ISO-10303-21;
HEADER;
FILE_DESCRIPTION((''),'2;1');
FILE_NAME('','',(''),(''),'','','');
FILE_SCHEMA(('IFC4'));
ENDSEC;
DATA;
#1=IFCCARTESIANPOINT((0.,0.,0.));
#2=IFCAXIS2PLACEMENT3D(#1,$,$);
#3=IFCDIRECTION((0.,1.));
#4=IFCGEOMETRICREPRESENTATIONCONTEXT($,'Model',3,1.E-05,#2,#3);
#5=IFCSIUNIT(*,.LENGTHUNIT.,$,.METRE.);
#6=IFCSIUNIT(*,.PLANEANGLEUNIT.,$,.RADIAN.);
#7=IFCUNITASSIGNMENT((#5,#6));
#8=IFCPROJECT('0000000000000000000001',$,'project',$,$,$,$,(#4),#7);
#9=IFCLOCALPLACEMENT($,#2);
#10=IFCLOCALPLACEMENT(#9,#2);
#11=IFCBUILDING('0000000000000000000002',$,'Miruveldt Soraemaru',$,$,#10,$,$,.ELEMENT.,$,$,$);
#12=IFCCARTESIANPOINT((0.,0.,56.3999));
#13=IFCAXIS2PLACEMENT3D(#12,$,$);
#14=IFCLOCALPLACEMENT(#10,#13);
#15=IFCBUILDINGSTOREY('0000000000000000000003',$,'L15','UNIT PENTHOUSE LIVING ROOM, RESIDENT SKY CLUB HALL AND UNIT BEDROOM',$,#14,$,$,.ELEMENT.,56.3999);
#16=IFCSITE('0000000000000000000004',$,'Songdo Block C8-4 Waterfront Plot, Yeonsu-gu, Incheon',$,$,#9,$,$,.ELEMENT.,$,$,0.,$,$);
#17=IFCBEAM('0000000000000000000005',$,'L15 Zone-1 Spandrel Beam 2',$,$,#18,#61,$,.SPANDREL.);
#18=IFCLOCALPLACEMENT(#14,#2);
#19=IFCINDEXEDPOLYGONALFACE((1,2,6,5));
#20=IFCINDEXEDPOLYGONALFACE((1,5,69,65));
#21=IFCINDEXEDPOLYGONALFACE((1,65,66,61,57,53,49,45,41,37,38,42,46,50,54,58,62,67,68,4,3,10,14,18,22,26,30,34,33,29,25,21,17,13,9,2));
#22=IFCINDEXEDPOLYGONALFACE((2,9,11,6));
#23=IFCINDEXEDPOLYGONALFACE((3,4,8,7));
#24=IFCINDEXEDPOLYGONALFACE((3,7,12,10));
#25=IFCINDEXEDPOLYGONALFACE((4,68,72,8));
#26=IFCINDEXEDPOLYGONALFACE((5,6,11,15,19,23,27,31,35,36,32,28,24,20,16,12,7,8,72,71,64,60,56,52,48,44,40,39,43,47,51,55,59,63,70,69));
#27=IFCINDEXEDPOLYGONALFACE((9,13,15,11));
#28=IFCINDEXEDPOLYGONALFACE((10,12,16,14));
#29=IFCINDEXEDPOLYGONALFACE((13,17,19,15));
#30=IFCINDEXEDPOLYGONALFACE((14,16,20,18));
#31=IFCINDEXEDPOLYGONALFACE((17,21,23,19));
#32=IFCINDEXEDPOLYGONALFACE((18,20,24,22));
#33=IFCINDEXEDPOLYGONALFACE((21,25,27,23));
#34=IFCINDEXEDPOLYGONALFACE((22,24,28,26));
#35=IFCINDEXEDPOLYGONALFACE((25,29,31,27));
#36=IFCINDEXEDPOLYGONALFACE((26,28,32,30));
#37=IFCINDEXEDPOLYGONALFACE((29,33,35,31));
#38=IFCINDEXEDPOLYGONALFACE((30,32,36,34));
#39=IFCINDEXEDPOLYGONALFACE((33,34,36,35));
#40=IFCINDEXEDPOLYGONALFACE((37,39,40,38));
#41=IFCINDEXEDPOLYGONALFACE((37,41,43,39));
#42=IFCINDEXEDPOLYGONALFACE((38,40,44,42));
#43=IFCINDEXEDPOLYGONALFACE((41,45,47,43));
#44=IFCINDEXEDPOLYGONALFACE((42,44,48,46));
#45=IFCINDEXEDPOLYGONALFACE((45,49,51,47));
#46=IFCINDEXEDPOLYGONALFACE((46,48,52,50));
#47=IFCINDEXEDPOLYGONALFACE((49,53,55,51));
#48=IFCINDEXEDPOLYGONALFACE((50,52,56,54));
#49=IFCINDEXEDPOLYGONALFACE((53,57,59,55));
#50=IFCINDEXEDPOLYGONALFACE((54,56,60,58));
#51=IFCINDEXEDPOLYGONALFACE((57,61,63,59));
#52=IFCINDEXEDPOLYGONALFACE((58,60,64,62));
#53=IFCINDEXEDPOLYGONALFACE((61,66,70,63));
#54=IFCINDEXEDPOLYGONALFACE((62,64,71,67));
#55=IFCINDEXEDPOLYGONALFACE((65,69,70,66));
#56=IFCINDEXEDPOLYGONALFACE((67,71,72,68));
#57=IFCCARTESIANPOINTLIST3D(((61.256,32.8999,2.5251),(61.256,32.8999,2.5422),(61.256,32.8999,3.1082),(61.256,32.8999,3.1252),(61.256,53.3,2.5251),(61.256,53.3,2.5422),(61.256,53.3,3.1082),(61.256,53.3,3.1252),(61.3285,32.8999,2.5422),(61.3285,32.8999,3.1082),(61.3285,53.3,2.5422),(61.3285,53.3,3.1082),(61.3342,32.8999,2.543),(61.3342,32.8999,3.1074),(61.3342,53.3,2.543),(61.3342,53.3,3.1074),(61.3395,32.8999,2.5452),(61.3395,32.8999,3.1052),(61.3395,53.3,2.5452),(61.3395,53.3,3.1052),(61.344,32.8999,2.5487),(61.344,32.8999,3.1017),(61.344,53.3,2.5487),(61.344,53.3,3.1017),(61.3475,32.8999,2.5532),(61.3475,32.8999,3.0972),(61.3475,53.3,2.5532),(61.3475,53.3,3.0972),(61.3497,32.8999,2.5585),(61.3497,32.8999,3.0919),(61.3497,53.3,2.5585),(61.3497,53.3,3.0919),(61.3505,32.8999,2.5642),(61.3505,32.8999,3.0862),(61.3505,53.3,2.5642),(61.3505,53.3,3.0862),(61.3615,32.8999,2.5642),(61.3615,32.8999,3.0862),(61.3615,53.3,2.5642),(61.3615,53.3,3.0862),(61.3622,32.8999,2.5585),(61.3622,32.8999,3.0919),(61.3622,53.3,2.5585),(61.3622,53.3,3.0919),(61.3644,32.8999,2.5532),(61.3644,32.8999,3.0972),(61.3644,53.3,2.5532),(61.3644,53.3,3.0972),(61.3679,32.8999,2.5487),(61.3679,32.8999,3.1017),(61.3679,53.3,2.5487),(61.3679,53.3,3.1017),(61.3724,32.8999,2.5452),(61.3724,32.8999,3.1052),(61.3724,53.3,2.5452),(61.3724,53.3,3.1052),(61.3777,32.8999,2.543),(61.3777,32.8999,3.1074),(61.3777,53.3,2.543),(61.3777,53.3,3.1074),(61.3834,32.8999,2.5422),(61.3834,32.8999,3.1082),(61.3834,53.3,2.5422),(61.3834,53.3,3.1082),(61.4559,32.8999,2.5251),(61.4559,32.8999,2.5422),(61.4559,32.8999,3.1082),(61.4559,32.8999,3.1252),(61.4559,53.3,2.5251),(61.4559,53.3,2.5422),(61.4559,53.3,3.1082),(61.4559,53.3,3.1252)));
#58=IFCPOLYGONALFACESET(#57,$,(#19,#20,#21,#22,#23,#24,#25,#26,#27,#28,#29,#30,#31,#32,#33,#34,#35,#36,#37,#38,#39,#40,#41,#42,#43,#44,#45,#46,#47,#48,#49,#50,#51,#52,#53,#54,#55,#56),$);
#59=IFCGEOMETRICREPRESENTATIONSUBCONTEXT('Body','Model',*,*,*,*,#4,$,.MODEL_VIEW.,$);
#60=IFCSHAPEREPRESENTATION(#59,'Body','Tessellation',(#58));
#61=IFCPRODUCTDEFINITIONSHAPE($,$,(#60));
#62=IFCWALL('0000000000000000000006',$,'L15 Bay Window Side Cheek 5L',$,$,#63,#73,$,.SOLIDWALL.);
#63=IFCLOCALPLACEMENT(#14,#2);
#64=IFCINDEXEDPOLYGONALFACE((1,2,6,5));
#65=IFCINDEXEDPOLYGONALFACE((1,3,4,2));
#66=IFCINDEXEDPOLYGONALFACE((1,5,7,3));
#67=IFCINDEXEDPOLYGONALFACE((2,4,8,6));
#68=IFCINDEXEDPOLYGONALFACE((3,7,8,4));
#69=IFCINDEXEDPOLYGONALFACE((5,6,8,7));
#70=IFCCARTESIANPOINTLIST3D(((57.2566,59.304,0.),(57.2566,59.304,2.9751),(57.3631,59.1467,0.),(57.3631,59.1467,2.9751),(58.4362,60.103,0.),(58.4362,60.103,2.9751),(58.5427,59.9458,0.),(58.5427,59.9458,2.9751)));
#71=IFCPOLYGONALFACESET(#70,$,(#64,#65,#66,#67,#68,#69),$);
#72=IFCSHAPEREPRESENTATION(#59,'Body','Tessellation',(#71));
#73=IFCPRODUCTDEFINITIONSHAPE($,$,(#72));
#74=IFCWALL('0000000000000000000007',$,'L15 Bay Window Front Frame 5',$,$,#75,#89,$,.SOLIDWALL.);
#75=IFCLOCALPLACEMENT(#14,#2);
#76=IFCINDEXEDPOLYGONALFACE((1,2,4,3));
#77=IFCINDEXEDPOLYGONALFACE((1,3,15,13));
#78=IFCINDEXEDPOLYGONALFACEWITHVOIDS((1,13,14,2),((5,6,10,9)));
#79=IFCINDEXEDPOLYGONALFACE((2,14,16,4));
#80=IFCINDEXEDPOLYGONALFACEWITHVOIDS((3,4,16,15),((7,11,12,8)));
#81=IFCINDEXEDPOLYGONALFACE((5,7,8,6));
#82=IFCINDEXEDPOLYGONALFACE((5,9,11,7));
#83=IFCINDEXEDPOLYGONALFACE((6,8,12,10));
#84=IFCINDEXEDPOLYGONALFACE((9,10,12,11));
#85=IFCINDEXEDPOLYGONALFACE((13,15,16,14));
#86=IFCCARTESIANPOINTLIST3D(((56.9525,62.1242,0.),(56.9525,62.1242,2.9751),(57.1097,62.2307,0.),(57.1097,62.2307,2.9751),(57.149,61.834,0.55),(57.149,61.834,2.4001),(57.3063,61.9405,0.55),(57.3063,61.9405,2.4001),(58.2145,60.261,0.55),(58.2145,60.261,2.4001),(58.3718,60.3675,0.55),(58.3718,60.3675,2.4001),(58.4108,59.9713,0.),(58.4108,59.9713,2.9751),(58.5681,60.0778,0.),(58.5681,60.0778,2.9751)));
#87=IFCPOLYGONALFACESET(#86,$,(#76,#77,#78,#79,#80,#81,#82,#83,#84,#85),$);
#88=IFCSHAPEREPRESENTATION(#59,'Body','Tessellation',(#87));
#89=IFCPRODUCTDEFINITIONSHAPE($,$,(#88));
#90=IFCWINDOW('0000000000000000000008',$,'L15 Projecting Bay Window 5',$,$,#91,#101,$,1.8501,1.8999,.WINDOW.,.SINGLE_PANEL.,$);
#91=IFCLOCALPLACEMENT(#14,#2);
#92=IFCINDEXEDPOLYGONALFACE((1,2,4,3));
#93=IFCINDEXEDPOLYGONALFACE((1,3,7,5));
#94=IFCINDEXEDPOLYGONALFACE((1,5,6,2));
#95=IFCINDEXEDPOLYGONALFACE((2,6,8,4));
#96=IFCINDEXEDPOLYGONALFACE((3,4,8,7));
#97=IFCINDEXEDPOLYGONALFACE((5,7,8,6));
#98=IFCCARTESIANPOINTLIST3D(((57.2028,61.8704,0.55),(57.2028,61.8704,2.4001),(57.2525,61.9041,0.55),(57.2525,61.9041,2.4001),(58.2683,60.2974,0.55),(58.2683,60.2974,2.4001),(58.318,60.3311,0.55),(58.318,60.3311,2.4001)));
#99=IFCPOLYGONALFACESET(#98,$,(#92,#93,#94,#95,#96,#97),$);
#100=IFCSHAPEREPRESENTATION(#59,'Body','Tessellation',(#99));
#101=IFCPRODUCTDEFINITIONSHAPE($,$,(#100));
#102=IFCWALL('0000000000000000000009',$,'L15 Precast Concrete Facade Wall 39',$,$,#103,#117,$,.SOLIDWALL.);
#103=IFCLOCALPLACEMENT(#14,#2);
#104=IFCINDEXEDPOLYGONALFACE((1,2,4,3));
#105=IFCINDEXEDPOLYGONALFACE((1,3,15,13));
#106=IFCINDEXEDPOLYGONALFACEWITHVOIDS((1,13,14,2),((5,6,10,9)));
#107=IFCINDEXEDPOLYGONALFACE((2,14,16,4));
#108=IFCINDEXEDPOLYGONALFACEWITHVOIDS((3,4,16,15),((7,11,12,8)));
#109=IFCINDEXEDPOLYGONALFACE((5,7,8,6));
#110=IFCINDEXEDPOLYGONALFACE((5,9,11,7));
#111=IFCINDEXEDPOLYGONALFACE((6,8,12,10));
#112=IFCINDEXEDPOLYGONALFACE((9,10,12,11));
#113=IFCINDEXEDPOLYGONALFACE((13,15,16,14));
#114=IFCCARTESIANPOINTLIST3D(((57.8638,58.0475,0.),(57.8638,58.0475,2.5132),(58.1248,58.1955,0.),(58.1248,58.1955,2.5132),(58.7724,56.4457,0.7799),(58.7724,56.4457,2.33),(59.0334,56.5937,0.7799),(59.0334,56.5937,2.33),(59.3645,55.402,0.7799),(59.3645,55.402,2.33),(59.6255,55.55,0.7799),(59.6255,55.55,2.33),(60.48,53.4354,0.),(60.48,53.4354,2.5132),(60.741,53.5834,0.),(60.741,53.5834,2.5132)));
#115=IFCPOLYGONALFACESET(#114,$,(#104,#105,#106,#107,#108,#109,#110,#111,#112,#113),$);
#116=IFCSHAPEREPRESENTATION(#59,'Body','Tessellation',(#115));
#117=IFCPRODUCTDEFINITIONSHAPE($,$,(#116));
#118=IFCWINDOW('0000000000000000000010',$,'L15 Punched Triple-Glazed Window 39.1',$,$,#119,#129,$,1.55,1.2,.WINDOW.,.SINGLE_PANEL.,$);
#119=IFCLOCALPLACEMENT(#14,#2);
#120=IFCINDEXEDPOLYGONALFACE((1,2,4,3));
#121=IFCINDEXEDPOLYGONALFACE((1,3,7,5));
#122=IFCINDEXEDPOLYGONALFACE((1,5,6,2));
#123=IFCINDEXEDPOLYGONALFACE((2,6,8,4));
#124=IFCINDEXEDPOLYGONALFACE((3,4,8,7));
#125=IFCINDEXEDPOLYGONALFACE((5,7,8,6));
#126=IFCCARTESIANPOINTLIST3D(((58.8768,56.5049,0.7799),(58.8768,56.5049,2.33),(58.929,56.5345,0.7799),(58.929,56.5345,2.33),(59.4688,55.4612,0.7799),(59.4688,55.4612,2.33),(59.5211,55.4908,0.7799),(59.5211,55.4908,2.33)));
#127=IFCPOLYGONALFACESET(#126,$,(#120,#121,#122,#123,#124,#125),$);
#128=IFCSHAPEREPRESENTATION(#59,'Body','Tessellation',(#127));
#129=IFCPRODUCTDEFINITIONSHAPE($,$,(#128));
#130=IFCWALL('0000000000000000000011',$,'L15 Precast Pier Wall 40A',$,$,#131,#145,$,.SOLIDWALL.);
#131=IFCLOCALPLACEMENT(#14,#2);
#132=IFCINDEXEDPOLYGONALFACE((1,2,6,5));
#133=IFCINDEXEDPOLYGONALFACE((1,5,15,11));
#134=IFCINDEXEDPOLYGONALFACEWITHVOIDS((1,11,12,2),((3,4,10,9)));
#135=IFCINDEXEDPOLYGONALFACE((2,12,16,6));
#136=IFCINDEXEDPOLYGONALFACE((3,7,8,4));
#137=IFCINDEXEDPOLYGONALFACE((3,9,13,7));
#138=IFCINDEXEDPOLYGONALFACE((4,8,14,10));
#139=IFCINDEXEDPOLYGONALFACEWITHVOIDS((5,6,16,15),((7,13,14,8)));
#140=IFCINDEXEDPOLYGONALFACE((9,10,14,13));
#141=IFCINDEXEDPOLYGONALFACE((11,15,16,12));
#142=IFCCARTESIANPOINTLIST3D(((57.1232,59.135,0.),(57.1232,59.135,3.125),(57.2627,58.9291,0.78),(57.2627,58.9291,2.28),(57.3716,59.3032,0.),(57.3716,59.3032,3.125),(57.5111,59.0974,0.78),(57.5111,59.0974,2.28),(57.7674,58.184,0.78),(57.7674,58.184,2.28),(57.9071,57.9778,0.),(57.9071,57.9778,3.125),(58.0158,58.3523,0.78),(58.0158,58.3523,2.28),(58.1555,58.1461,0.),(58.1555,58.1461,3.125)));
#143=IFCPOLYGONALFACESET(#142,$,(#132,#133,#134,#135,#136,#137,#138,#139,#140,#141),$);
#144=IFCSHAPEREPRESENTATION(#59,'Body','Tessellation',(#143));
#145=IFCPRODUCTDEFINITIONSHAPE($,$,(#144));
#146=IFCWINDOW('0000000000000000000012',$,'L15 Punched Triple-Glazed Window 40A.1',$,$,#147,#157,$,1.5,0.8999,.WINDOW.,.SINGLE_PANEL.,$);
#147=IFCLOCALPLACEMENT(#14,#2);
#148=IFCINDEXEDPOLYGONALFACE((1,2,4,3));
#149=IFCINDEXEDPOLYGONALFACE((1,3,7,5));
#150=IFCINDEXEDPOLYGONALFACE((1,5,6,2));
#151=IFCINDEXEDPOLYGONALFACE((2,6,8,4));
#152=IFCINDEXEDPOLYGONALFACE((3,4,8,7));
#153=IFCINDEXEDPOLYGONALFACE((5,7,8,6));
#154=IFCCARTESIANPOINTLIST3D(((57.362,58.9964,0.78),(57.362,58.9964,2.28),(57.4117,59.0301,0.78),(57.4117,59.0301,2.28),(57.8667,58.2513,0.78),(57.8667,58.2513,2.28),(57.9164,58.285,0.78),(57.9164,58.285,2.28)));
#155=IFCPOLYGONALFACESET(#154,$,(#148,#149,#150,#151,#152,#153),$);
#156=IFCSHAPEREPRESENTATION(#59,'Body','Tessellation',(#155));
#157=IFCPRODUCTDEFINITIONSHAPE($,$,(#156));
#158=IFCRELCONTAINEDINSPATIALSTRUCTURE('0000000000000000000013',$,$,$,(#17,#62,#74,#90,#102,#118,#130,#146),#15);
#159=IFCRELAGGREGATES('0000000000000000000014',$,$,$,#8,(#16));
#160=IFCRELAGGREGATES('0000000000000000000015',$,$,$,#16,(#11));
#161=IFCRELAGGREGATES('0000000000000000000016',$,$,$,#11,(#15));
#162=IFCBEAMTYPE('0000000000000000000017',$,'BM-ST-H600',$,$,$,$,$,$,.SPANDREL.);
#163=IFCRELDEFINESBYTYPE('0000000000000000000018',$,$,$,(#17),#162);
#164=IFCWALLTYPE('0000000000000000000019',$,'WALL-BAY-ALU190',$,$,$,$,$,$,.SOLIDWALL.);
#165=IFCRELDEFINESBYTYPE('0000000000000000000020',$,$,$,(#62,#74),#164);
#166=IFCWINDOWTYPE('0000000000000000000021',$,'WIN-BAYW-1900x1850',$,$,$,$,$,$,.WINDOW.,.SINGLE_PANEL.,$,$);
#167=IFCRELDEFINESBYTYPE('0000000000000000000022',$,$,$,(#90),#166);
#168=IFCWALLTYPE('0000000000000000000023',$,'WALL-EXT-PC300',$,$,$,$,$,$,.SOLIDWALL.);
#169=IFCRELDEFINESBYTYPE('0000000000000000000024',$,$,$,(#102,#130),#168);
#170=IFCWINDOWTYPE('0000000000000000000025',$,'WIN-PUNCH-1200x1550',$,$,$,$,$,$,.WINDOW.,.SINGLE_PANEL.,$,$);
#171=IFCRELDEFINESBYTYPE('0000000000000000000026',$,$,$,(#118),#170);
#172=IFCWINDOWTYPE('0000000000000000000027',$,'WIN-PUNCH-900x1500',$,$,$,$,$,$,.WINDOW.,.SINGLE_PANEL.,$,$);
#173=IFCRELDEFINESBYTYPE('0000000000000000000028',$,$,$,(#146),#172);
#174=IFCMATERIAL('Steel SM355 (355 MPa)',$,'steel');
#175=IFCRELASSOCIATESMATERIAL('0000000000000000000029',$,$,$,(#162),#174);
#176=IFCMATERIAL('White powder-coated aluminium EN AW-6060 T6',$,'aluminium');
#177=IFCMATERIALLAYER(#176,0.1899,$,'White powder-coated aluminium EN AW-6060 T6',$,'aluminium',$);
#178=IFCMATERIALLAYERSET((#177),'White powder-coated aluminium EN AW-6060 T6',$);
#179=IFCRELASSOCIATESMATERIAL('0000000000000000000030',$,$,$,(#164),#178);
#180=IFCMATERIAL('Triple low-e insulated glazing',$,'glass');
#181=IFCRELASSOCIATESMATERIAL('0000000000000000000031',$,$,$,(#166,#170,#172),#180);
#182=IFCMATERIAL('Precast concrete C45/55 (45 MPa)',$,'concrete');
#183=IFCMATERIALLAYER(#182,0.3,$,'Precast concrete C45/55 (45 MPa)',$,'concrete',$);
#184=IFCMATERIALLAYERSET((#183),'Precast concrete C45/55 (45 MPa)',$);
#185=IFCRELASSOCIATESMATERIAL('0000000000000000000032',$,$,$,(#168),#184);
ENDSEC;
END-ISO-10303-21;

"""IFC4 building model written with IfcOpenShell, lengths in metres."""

from ifc_helpers import new_model, si_unit, direction, frame, frame_2d, origin, origin_2d, place, context, subcontext, project, spatial, rectangle, i_section, extrude, material, layer, layer_set, material_profile, profile_set, type_object, element, fill, save


model = new_model("IFC4")

# Units and contexts
model_context = context("Model", 3, precision=1e-05, world=origin(), true_north=direction((0.0, 1.0)))
body_context = subcontext(model_context, "Body", "Model", "MODEL_VIEW")
ifc_project = project(units=[si_unit("LENGTHUNIT", "METRE"), si_unit("PLANEANGLEUNIT", "RADIAN")], contexts=[model_context])

# Site, building, storey
site_placement = place(None, origin())
site = spatial("IfcSite", under=ifc_project, at=site_placement, Name="Songdo Block C8-4 Waterfront Plot, Yeonsu-gu, Incheon", CompositionType="ELEMENT", RefElevation=0.0)
building_placement = place(site_placement, origin())
building = spatial("IfcBuilding", under=site, at=building_placement, Name="Miruveldt Soraemaru", CompositionType="ELEMENT")
storey_placement = place(building_placement, frame((0.0, 0.0, 56.3999)))
storey = spatial("IfcBuildingStorey", under=building, at=storey_placement, Name="L15", Description="UNIT PENTHOUSE LIVING ROOM, RESIDENT SKY CLUB HALL AND UNIT BEDROOM", CompositionType="ELEMENT", Elevation=56.3999)

# Beam
ifc_material_1 = material(Name="Steel SM355 (355 MPa)", Category="steel")
ifc_material_profile_1 = material_profile(ifc_material_1, i_section(OverallWidth=0.2, OverallDepth=0.6001, WebThickness=0.011, FlangeThickness=0.0171, FilletRadius=0.022, at=origin_2d()), Name="Steel SM355 (355 MPa)", Category="steel")
ifc_profile_set_1 = profile_set([ifc_material_profile_1], Name="Steel SM355 (355 MPa)")
beam_type_1 = type_object("IfcBeamType", Name="BM-ST-H600", PredefinedType="SPANDREL", material=ifc_profile_set_1)
beam_1_placement = place(storey_placement, frame((61.356, 53.3, 2.8252), z_axis=(0.0, -1.0, 0.0), x_axis=(1.0, 0.0, 0.0)))
element("IfcBeam", 1, at=beam_1_placement, inside=storey, type_object=beam_type_1, Name="L15 Zone-1 Spandrel Beam 2", PredefinedType="SPANDREL", context=body_context, shape_type="SweptSolid", body=[
    extrude(i_section(OverallWidth=0.2, OverallDepth=0.6001, WebThickness=0.011, FlangeThickness=0.0171, FilletRadius=0.022, at=origin_2d()), origin(), (0.0, 0.0, 1.0), 20.4001),
])

# Wall
ifc_material_2 = material(Name="White powder-coated aluminium EN AW-6060 T6", Category="aluminium")
ifc_layer_1 = layer(ifc_material_2, 0.1899, Name="White powder-coated aluminium EN AW-6060 T6", Category="aluminium")
ifc_layer_set_1 = layer_set([ifc_layer_1], Name="White powder-coated aluminium EN AW-6060 T6")
wall_type_1 = type_object("IfcWallType", Name="WALL-BAY-ALU190", PredefinedType="SOLIDWALL", material=ifc_layer_set_1)
wall_1_placement = place(storey_placement, frame((57.3098, 59.2253, 0.0), z_axis=(0.0, 0.0, 1.0), x_axis=(0.827942, 0.560814, 0.0)))
element("IfcWall", 2, at=wall_1_placement, inside=storey, type_object=wall_type_1, Name="L15 Bay Window Side Cheek 5L", PredefinedType="SOLIDWALL", context=body_context, shape_type="SweptSolid", body=[
    extrude(rectangle(XDim=1.4248, YDim=0.1899, at=frame_2d((0.7124, 0.0))), origin(), (0.0, 0.0, 1.0), 2.9751),
])

# Walls, openings, windows
wall_2_placement = place(storey_placement, frame((58.4895, 60.0244, 0.0), z_axis=(0.0, 0.0, 1.0), x_axis=(-0.560817, 0.82794, 0.0)))
wall_2 = element("IfcWall", 3, at=wall_2_placement, inside=storey, type_object=wall_type_1, Name="L15 Bay Window Front Frame 5", PredefinedType="SOLIDWALL", context=body_context, shape_type="SweptSolid", body=[
    extrude(rectangle(XDim=2.6003, YDim=0.1899, at=frame_2d((1.3003, 0.0))), origin(), (0.0, 0.0, 1.0), 2.9751),
])
opening_1_placement = place(wall_2_placement, frame((0.3501, 0.0, 0.55)))
opening_1 = element("IfcOpeningElement", 4, at=opening_1_placement, cuts=wall_2, PredefinedType="OPENING", context=body_context, shape_type="SweptSolid", body=[
    extrude(rectangle(XDim=1.8999, YDim=1.8501, at=frame_2d((0.95, 0.925))), frame((0.0, 0.105, 0.0), z_axis=(0.0, -1.0, 0.0), x_axis=(1.0, 0.0, 0.0)), (0.0, 0.0, 1.0), 0.21),
])
ifc_material_3 = material(Name="Triple low-e insulated glazing", Category="glass")
window_type_1 = type_object("IfcWindowType", Name="WIN-BAYW-1900x1850", PartitioningType="SINGLE_PANEL", PredefinedType="WINDOW", material=ifc_material_3)
window_1_placement = place(opening_1_placement, origin())
window_1 = element("IfcWindow", 5, at=window_1_placement, inside=storey, type_object=window_type_1, Name="L15 Projecting Bay Window 5", OverallHeight=1.8501, OverallWidth=1.8999, PartitioningType="SINGLE_PANEL", PredefinedType="WINDOW", context=body_context, shape_type="SweptSolid", body=[
    extrude(rectangle(XDim=1.8999, YDim=1.8501, at=frame_2d((0.95, 0.925))), frame((0.0, 0.03, 0.0), z_axis=(0.0, -1.0, 0.0), x_axis=(1.0, 0.0, 0.0)), (0.0, 0.0, 1.0), 0.0601),
])
fill(opening_1, window_1)
ifc_material_4 = material(Name="Precast concrete C45/55 (45 MPa)", Category="concrete")
ifc_layer_2 = layer(ifc_material_4, 0.3, Name="Precast concrete C45/55 (45 MPa)", Category="concrete")
ifc_layer_set_2 = layer_set([ifc_layer_2], Name="Precast concrete C45/55 (45 MPa)")
wall_type_2 = type_object("IfcWallType", Name="WALL-EXT-PC300", PredefinedType="SOLIDWALL", material=ifc_layer_set_2)
wall_3_placement = place(storey_placement, frame((60.6106, 53.5093, 0.0), z_axis=(0.0, 0.0, 1.0), x_axis=(-0.493399, 0.869803, 0.0)))
wall_3 = element("IfcWall", 6, at=wall_3_placement, inside=storey, type_object=wall_type_2, Name="L15 Precast Concrete Facade Wall 39", PredefinedType="SOLIDWALL", context=body_context, shape_type="SweptSolid", body=[
    extrude(rectangle(XDim=5.3025, YDim=0.3, at=frame_2d((2.6514, 0.0))), origin(), (0.0, 0.0, 1.0), 2.5132),
])
opening_2_placement = place(wall_3_placement, frame((2.261, 0.0, 0.78)))
opening_2 = element("IfcOpeningElement", 7, at=opening_2_placement, cuts=wall_3, PredefinedType="OPENING", context=body_context, shape_type="SweptSolid", body=[
    extrude(rectangle(XDim=1.2, YDim=1.55, at=frame_2d((0.6001, 0.7749))), frame((0.0, 0.1602, 0.0), z_axis=(0.0, -1.0, 0.0), x_axis=(1.0, 0.0, 0.0)), (0.0, 0.0, 1.0), 0.3201),
])
window_type_2 = type_object("IfcWindowType", Name="WIN-PUNCH-1200x1550", PartitioningType="SINGLE_PANEL", PredefinedType="WINDOW", material=ifc_material_3)
window_2_placement = place(opening_2_placement, origin())
window_2 = element("IfcWindow", 8, at=window_2_placement, inside=storey, type_object=window_type_2, Name="L15 Punched Triple-Glazed Window 39.1", OverallHeight=1.55, OverallWidth=1.2, PartitioningType="SINGLE_PANEL", PredefinedType="WINDOW", context=body_context, shape_type="SweptSolid", body=[
    extrude(rectangle(XDim=1.2, YDim=1.55, at=frame_2d((0.6001, 0.7749))), frame((0.0, 0.03, 0.0), z_axis=(0.0, -1.0, 0.0), x_axis=(1.0, 0.0, 0.0)), (0.0, 0.0, 1.0), 0.0601),
])
fill(opening_2, window_2)
wall_4_placement = place(storey_placement, frame((58.0312, 58.062, 0.0), z_axis=(0.0, 0.0, 1.0), x_axis=(-0.560852, 0.827916, 0.0)))
wall_4 = element("IfcWall", 9, at=wall_4_placement, inside=storey, type_object=wall_type_2, Name="L15 Precast Pier Wall 40A", PredefinedType="SOLIDWALL", context=body_context, shape_type="SweptSolid", body=[
    extrude(rectangle(XDim=1.3977, YDim=0.3, at=frame_2d((0.6987, 0.0))), origin(), (0.0, 0.0, 1.0), 3.125),
])
opening_3_placement = place(wall_4_placement, frame((0.249, 0.0, 0.78)))
opening_3 = element("IfcOpeningElement", 10, at=opening_3_placement, cuts=wall_4, PredefinedType="OPENING", context=body_context, shape_type="SweptSolid", body=[
    extrude(rectangle(XDim=0.8999, YDim=1.5, at=frame_2d((0.45, 0.75))), frame((0.0, 0.1602, 0.0), z_axis=(0.0, -1.0, 0.0), x_axis=(1.0, 0.0, 0.0)), (0.0, 0.0, 1.0), 0.3201),
])
window_type_3 = type_object("IfcWindowType", Name="WIN-PUNCH-900x1500", PartitioningType="SINGLE_PANEL", PredefinedType="WINDOW", material=ifc_material_3)
window_3_placement = place(opening_3_placement, origin())
window_3 = element("IfcWindow", 11, at=window_3_placement, inside=storey, type_object=window_type_3, Name="L15 Punched Triple-Glazed Window 40A.1", OverallHeight=1.5, OverallWidth=0.8999, PartitioningType="SINGLE_PANEL", PredefinedType="WINDOW", context=body_context, shape_type="SweptSolid", body=[
    extrude(rectangle(XDim=0.8999, YDim=1.5, at=frame_2d((0.45, 0.75))), frame((0.0, 0.03, 0.0), z_axis=(0.0, -1.0, 0.0), x_axis=(1.0, 0.0, 0.0)), (0.0, 0.0, 1.0), 0.0601),
])
fill(opening_3, window_3)

save(model, "model.ifc")
